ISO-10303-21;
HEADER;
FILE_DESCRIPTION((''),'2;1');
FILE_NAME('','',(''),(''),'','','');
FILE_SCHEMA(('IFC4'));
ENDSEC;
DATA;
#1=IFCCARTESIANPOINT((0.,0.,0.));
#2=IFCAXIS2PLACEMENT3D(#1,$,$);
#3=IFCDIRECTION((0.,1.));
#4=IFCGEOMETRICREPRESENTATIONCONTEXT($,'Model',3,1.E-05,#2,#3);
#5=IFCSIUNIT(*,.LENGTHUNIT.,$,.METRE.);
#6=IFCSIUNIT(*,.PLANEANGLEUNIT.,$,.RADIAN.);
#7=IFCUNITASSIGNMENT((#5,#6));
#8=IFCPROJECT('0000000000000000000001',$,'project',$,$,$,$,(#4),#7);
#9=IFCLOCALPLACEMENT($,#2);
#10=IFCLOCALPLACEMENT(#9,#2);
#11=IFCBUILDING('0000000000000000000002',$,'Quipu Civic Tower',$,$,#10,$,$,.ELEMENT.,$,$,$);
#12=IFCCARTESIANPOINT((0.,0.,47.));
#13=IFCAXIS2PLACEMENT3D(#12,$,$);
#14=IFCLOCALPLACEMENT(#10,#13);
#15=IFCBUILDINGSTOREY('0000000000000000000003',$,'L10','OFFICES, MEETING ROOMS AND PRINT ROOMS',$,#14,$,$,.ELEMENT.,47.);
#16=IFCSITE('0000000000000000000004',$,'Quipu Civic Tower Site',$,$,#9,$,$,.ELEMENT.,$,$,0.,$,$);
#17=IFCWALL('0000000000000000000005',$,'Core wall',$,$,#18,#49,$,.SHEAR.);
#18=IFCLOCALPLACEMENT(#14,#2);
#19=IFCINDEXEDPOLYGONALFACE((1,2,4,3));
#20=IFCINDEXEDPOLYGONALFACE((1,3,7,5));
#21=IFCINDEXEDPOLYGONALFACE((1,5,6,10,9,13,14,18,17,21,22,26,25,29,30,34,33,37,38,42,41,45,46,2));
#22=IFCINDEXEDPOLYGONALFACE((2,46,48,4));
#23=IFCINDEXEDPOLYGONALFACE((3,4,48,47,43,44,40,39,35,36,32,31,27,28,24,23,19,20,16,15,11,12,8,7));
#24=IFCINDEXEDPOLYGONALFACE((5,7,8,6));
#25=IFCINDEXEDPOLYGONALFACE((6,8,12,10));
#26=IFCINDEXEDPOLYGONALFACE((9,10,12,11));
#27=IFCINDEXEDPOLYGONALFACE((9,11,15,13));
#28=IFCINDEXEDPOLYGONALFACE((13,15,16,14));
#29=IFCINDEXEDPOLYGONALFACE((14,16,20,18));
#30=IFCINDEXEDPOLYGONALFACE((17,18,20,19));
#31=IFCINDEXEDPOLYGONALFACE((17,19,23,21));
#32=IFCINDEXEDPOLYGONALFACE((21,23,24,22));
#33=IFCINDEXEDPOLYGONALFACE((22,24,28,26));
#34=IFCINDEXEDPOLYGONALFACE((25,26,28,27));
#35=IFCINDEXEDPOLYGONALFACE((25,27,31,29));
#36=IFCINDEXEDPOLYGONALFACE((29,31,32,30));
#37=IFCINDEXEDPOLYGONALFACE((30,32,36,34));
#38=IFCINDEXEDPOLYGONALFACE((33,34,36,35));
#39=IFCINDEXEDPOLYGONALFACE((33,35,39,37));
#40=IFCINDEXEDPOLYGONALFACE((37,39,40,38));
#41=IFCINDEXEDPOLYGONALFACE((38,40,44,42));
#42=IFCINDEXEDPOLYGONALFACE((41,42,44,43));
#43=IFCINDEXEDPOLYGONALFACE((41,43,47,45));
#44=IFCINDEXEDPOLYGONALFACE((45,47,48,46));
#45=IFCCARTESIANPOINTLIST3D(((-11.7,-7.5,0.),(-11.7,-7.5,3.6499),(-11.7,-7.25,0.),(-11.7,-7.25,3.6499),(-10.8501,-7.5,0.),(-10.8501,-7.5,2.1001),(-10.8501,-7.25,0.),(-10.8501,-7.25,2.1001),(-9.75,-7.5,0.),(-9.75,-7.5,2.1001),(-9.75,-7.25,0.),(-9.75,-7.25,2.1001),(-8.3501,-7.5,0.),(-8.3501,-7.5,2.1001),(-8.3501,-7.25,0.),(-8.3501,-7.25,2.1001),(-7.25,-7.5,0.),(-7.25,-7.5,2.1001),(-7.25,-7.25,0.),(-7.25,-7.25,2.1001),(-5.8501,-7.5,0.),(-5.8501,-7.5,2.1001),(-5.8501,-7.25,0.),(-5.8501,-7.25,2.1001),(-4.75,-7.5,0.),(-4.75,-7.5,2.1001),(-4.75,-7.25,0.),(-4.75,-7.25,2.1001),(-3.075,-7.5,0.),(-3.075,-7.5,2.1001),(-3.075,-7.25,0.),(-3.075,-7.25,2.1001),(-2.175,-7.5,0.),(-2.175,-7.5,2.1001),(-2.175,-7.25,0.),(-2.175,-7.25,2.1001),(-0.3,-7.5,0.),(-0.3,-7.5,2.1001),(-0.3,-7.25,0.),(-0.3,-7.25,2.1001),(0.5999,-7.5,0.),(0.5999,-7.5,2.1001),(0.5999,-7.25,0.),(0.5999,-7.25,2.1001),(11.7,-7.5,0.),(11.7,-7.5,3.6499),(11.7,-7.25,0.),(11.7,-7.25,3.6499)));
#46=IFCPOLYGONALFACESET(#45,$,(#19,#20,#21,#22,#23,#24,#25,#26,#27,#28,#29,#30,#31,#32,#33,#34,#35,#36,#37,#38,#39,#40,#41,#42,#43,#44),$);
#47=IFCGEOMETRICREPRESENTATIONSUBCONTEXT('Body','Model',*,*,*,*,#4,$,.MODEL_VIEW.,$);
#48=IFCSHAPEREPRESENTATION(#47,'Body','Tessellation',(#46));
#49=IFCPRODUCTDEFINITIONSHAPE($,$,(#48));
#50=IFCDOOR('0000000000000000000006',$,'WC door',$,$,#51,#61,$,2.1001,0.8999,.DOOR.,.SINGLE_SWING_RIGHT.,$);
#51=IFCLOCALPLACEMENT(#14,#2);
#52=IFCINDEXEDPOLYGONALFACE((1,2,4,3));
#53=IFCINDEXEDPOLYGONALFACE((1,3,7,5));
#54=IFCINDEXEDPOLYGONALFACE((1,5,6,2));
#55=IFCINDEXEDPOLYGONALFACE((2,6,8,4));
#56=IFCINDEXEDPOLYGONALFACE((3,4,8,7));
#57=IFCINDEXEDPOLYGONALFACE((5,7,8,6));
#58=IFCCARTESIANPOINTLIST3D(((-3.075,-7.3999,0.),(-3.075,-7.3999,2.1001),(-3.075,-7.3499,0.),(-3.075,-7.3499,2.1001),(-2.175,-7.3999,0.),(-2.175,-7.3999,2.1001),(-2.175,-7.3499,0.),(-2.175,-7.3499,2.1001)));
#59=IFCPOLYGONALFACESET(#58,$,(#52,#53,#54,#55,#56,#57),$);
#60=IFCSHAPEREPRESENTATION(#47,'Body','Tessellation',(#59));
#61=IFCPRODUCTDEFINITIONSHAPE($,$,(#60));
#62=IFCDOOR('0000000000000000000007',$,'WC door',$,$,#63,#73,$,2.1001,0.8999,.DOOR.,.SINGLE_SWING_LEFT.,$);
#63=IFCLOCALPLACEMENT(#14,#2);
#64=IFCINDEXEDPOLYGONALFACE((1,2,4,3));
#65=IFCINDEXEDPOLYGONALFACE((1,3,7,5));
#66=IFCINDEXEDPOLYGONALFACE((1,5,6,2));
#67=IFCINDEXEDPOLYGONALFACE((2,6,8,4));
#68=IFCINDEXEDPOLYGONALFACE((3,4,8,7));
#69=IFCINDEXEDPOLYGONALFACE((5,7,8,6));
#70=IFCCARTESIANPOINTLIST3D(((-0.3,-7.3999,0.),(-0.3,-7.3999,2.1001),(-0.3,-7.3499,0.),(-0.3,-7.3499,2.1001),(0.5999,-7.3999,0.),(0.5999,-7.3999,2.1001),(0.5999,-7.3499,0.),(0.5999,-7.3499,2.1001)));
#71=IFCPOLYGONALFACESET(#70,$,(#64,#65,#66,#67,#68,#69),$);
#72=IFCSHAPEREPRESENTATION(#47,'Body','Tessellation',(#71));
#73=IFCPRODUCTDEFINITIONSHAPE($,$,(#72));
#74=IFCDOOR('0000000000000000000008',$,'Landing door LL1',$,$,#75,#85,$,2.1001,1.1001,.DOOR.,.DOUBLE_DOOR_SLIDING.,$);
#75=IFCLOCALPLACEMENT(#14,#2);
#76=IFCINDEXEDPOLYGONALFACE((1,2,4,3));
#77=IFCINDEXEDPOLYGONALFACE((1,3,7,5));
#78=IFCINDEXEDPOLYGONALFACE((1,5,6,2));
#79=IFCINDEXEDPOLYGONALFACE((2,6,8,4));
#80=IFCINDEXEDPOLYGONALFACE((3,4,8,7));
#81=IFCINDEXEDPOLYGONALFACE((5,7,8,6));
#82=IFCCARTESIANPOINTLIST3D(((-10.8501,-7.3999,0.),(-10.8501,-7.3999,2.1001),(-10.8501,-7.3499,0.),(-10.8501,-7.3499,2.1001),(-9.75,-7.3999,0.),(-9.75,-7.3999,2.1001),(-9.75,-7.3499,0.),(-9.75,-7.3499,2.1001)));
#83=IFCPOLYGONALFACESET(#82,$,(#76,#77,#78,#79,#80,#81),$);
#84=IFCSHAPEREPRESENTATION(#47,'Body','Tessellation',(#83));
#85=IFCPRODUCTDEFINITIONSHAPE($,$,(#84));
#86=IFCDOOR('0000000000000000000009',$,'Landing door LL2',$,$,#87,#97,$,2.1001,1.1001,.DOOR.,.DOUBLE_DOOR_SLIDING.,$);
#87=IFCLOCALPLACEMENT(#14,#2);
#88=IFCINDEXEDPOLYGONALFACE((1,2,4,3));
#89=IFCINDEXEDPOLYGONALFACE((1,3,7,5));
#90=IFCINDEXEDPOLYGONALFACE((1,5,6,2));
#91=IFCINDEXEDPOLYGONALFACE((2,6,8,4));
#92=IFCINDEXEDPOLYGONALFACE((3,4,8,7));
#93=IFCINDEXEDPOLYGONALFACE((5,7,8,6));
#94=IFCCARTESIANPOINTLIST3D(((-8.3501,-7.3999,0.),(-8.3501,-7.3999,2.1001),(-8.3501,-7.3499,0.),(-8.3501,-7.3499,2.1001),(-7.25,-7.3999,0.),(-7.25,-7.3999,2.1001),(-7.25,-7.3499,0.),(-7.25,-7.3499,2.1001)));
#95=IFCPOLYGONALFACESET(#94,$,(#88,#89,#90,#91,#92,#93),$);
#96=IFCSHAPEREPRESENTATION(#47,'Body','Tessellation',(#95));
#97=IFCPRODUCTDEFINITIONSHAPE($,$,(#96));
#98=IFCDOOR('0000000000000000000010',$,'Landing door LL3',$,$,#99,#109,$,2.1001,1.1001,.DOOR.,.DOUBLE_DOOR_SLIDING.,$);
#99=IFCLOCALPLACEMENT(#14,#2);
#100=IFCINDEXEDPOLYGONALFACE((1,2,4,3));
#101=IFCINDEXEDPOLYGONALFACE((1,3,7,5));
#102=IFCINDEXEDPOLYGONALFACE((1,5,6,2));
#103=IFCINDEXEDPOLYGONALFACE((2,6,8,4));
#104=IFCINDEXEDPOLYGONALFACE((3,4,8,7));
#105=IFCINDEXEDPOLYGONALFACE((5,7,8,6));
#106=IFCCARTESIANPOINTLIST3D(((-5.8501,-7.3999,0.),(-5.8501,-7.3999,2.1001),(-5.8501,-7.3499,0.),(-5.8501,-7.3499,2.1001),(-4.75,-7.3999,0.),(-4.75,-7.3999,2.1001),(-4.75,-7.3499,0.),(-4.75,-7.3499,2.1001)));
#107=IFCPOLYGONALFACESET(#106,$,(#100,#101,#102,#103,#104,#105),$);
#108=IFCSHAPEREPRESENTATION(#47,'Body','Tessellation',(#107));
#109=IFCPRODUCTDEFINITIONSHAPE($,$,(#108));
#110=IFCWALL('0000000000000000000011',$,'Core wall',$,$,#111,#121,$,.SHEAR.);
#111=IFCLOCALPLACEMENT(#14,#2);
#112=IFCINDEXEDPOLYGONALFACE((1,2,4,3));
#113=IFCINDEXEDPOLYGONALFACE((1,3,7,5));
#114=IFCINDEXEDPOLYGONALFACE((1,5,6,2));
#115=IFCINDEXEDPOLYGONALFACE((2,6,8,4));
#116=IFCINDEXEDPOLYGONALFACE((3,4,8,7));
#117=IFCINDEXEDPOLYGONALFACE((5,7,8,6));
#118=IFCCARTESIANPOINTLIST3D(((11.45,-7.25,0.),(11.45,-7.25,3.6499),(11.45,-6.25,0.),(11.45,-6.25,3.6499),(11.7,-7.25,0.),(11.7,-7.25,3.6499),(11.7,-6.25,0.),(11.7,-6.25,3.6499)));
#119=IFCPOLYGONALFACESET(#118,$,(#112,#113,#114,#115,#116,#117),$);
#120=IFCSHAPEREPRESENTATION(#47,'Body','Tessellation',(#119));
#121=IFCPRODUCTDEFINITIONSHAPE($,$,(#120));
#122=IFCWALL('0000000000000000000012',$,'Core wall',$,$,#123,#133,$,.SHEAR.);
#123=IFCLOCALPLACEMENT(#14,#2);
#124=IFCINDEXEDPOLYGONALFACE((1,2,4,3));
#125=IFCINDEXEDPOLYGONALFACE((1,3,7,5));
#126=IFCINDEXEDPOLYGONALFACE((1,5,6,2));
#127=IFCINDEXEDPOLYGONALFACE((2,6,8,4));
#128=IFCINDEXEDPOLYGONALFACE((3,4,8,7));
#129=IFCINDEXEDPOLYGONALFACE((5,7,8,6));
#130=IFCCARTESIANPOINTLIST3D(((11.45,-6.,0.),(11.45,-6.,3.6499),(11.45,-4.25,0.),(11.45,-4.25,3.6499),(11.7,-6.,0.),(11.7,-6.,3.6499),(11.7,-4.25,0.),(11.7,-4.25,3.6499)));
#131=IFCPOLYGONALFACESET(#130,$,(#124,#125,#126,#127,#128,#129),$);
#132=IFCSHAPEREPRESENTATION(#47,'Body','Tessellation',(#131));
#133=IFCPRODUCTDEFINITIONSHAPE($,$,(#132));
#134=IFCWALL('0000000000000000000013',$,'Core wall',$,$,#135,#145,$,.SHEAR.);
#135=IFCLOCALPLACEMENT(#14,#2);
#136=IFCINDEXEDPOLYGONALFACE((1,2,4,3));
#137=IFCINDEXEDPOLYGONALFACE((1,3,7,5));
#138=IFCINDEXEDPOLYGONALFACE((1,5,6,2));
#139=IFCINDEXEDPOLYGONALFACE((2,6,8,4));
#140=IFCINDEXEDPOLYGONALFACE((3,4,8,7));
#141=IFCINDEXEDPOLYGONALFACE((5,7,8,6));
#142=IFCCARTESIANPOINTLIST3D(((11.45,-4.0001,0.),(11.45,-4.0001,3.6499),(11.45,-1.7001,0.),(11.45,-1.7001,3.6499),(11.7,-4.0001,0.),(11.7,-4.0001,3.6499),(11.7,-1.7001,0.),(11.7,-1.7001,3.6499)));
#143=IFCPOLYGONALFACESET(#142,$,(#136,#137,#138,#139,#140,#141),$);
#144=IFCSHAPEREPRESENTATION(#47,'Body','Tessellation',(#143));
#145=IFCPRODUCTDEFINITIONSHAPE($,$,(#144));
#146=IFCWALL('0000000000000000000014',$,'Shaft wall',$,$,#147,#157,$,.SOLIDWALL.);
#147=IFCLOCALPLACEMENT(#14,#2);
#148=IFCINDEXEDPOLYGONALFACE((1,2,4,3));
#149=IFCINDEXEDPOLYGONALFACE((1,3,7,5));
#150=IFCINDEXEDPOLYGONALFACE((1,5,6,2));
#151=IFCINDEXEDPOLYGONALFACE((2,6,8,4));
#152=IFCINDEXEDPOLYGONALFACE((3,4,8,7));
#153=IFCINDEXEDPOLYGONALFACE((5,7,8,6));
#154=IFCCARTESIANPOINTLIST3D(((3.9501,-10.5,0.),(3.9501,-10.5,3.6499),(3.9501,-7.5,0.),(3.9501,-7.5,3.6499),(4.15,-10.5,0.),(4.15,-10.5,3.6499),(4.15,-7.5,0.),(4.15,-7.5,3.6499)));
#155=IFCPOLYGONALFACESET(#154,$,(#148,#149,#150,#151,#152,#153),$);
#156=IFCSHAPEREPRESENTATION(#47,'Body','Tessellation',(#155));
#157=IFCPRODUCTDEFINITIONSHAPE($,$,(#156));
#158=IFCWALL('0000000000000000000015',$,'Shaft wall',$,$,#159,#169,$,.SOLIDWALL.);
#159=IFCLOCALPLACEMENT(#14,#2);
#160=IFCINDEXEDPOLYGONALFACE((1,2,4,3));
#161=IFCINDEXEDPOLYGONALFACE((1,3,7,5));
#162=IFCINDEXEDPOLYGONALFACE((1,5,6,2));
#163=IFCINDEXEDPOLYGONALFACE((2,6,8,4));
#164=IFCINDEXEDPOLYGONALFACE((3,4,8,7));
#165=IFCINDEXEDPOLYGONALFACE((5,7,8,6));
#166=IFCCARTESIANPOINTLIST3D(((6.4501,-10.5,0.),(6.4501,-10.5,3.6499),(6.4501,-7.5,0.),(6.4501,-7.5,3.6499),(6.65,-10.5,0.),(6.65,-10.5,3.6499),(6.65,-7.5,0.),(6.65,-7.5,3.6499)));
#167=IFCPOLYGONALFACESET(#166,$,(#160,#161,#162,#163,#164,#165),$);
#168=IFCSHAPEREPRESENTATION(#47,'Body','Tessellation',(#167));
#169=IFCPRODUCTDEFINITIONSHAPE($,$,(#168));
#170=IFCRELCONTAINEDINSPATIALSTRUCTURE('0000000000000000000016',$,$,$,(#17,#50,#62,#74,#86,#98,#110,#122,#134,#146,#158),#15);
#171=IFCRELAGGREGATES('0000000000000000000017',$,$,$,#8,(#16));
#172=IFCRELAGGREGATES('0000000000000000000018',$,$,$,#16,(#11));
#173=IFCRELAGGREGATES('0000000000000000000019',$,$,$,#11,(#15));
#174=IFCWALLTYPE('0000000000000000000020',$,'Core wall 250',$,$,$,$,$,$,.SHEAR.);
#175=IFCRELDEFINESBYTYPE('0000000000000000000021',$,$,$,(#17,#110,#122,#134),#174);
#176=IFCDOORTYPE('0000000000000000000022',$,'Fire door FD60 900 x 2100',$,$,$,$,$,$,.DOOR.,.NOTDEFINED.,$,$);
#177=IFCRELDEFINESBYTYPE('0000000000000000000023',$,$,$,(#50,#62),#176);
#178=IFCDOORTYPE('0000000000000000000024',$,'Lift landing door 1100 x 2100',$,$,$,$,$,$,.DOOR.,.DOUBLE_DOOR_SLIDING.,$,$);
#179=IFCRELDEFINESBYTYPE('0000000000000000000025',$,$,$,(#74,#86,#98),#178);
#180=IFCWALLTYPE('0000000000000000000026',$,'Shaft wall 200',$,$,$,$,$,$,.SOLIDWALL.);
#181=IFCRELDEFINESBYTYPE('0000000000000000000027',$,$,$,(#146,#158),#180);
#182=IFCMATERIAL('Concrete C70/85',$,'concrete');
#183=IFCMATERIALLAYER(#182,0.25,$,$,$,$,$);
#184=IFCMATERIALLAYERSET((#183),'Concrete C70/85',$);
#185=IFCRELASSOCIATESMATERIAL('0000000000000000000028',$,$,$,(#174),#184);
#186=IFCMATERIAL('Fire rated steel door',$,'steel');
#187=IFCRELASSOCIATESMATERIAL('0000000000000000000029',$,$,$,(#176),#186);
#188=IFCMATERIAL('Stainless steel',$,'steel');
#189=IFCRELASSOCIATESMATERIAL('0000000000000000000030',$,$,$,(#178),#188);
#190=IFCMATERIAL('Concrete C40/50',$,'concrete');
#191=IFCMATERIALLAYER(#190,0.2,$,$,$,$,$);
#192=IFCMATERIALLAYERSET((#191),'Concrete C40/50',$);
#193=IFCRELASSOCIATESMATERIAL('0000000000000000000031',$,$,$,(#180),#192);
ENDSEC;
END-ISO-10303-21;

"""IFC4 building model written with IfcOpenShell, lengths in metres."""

from ifc_helpers import new_model, si_unit, direction, frame, frame_2d, origin, place, context, subcontext, project, spatial, rectangle, extrude, material, layer, layer_set, type_object, element, fill, save


model = new_model("IFC4")

# Units and contexts
model_context = context("Model", 3, precision=1e-05, world=origin(), true_north=direction((0.0, 1.0)))
body_context = subcontext(model_context, "Body", "Model", "MODEL_VIEW")
ifc_project = project(units=[si_unit("LENGTHUNIT", "METRE"), si_unit("PLANEANGLEUNIT", "RADIAN")], contexts=[model_context])

# Site, building, storey
site_placement = place(None, origin())
site = spatial("IfcSite", under=ifc_project, at=site_placement, Name="Quipu Civic Tower Site", CompositionType="ELEMENT", RefElevation=0.0)
building_placement = place(site_placement, origin())
building = spatial("IfcBuilding", under=site, at=building_placement, Name="Quipu Civic Tower", CompositionType="ELEMENT")
storey_placement = place(building_placement, frame((0.0, 0.0, 47.0)))
storey = spatial("IfcBuildingStorey", under=building, at=storey_placement, Name="L10", Description="OFFICES, MEETING ROOMS AND PRINT ROOMS", CompositionType="ELEMENT", Elevation=47.0)

# Shared definitions
ifc_material_1 = material(Name="Concrete C70/85", Category="concrete")
ifc_layer_1 = layer(ifc_material_1, 0.25)
ifc_layer_set_1 = layer_set([ifc_layer_1], Name="Concrete C70/85")
wall_type_1 = type_object("IfcWallType", Name="Core wall 250", PredefinedType="SHEAR", material=ifc_layer_set_1)

# Wall, openings, doors
wall_1_placement = place(storey_placement, frame((11.7, -7.375, 0.0), z_axis=(0.0, 0.0, 1.0), x_axis=(-1.0, 0.0, 0.0)))
wall_1 = element("IfcWall", 1, at=wall_1_placement, inside=storey, type_object=wall_type_1, Name="Core wall", PredefinedType="SHEAR", context=body_context, shape_type="SweptSolid", body=[
    extrude(rectangle(XDim=23.3999, YDim=0.25, at=frame_2d((11.7, 0.0))), origin(), (0.0, 0.0, 1.0), 3.6499),
])
opening_1_placement = place(wall_1_placement, frame((21.45, 0.0, 0.0)))
opening_1 = element("IfcOpeningElement", 2, at=opening_1_placement, cuts=wall_1, PredefinedType="OPENING", context=body_context, shape_type="SweptSolid", body=[
    extrude(rectangle(XDim=1.1001, YDim=2.1001, at=frame_2d((0.55, 1.05))), frame((0.0, 0.135, 0.0), z_axis=(0.0, -1.0, 0.0), x_axis=(1.0, 0.0, 0.0)), (0.0, 0.0, 1.0), 0.27),
])
opening_2_placement = place(wall_1_placement, frame((18.95, 0.0, 0.0)))
opening_2 = element("IfcOpeningElement", 3, at=opening_2_placement, cuts=wall_1, PredefinedType="OPENING", context=body_context, shape_type="SweptSolid", body=[
    extrude(rectangle(XDim=1.1001, YDim=2.1001, at=frame_2d((0.55, 1.05))), frame((0.0, 0.135, 0.0), z_axis=(0.0, -1.0, 0.0), x_axis=(1.0, 0.0, 0.0)), (0.0, 0.0, 1.0), 0.27),
])
opening_3_placement = place(wall_1_placement, frame((16.45, 0.0, 0.0)))
opening_3 = element("IfcOpeningElement", 4, at=opening_3_placement, cuts=wall_1, PredefinedType="OPENING", context=body_context, shape_type="SweptSolid", body=[
    extrude(rectangle(XDim=1.1001, YDim=2.1001, at=frame_2d((0.55, 1.05))), frame((0.0, 0.135, 0.0), z_axis=(0.0, -1.0, 0.0), x_axis=(1.0, 0.0, 0.0)), (0.0, 0.0, 1.0), 0.27),
])
opening_4_placement = place(wall_1_placement, frame((13.875, 0.0, 0.0)))
opening_4 = element("IfcOpeningElement", 5, at=opening_4_placement, cuts=wall_1, PredefinedType="OPENING", context=body_context, shape_type="SweptSolid", body=[
    extrude(rectangle(XDim=0.8999, YDim=2.1001, at=frame_2d((0.45, 1.05))), frame((0.0, 0.135, 0.0), z_axis=(0.0, -1.0, 0.0), x_axis=(1.0, 0.0, 0.0)), (0.0, 0.0, 1.0), 0.27),
])
opening_5_placement = place(wall_1_placement, frame((11.1001, 0.0, 0.0)))
opening_5 = element("IfcOpeningElement", 6, at=opening_5_placement, cuts=wall_1, PredefinedType="OPENING", context=body_context, shape_type="SweptSolid", body=[
    extrude(rectangle(XDim=0.8999, YDim=2.1001, at=frame_2d((0.45, 1.05))), frame((0.0, 0.135, 0.0), z_axis=(0.0, -1.0, 0.0), x_axis=(1.0, 0.0, 0.0)), (0.0, 0.0, 1.0), 0.27),
])
ifc_material_2 = material(Name="Fire rated steel door", Category="steel")
door_type_1 = type_object("IfcDoorType", Name="Fire door FD60 900 x 2100", OperationType="NOTDEFINED", PredefinedType="DOOR", material=ifc_material_2)
door_1_placement = place(opening_4_placement, origin())
door_1 = element("IfcDoor", 7, at=door_1_placement, inside=storey, type_object=door_type_1, Name="WC door", OperationType="SINGLE_SWING_RIGHT", OverallHeight=2.1001, OverallWidth=0.8999, PredefinedType="DOOR", context=body_context, shape_type="SweptSolid", body=[
    extrude(rectangle(XDim=0.8999, YDim=2.1001, at=frame_2d((0.45, 1.05))), frame((0.0, 0.0249, 0.0), z_axis=(0.0, -1.0, 0.0), x_axis=(1.0, 0.0, 0.0)), (0.0, 0.0, 1.0), 0.05),
])
fill(opening_4, door_1)
door_2_placement = place(opening_5_placement, origin())
door_2 = element("IfcDoor", 8, at=door_2_placement, inside=storey, type_object=door_type_1, Name="WC door", OperationType="SINGLE_SWING_LEFT", OverallHeight=2.1001, OverallWidth=0.8999, PredefinedType="DOOR", context=body_context, shape_type="SweptSolid", body=[
    extrude(rectangle(XDim=0.8999, YDim=2.1001, at=frame_2d((0.45, 1.05))), frame((0.0, 0.0249, 0.0), z_axis=(0.0, -1.0, 0.0), x_axis=(1.0, 0.0, 0.0)), (0.0, 0.0, 1.0), 0.05),
])
fill(opening_5, door_2)
ifc_material_3 = material(Name="Stainless steel", Category="steel")
door_type_2 = type_object("IfcDoorType", Name="Lift landing door 1100 x 2100", OperationType="DOUBLE_DOOR_SLIDING", PredefinedType="DOOR", material=ifc_material_3)
door_3_placement = place(opening_1_placement, origin())
door_3 = element("IfcDoor", 9, at=door_3_placement, inside=storey, type_object=door_type_2, Name="Landing door LL1", OperationType="DOUBLE_DOOR_SLIDING", OverallHeight=2.1001, OverallWidth=1.1001, PredefinedType="DOOR", context=body_context, shape_type="SweptSolid", body=[
    extrude(rectangle(XDim=1.1001, YDim=2.1001, at=frame_2d((0.55, 1.05))), frame((0.0, 0.0249, 0.0), z_axis=(0.0, -1.0, 0.0), x_axis=(1.0, 0.0, 0.0)), (0.0, 0.0, 1.0), 0.05),
])
fill(opening_1, door_3)
door_4_placement = place(opening_2_placement, origin())
door_4 = element("IfcDoor", 10, at=door_4_placement, inside=storey, type_object=door_type_2, Name="Landing door LL2", OperationType="DOUBLE_DOOR_SLIDING", OverallHeight=2.1001, OverallWidth=1.1001, PredefinedType="DOOR", context=body_context, shape_type="SweptSolid", body=[
    extrude(rectangle(XDim=1.1001, YDim=2.1001, at=frame_2d((0.55, 1.05))), frame((0.0, 0.0249, 0.0), z_axis=(0.0, -1.0, 0.0), x_axis=(1.0, 0.0, 0.0)), (0.0, 0.0, 1.0), 0.05),
])
fill(opening_2, door_4)
door_5_placement = place(opening_3_placement, origin())
door_5 = element("IfcDoor", 11, at=door_5_placement, inside=storey, type_object=door_type_2, Name="Landing door LL3", OperationType="DOUBLE_DOOR_SLIDING", OverallHeight=2.1001, OverallWidth=1.1001, PredefinedType="DOOR", context=body_context, shape_type="SweptSolid", body=[
    extrude(rectangle(XDim=1.1001, YDim=2.1001, at=frame_2d((0.55, 1.05))), frame((0.0, 0.0249, 0.0), z_axis=(0.0, -1.0, 0.0), x_axis=(1.0, 0.0, 0.0)), (0.0, 0.0, 1.0), 0.05),
])
fill(opening_3, door_5)

# Walls
wall_2_placement = place(storey_placement, frame((11.575, -7.25, 0.0), z_axis=(0.0, 0.0, 1.0), x_axis=(0.0, 1.0, 0.0)))
element("IfcWall", 12, at=wall_2_placement, inside=storey, type_object=wall_type_1, Name="Core wall", PredefinedType="SHEAR", context=body_context, shape_type="SweptSolid", body=[
    extrude(rectangle(XDim=1.0, YDim=0.25, at=frame_2d((0.5, 0.0))), origin(), (0.0, 0.0, 1.0), 3.6499),
])
wall_3_placement = place(storey_placement, frame((11.575, -6.0, 0.0), z_axis=(0.0, 0.0, 1.0), x_axis=(0.0, 1.0, 0.0)))
element("IfcWall", 13, at=wall_3_placement, inside=storey, type_object=wall_type_1, Name="Core wall", PredefinedType="SHEAR", context=body_context, shape_type="SweptSolid", body=[
    extrude(rectangle(XDim=1.75, YDim=0.25, at=frame_2d((0.875, 0.0))), origin(), (0.0, 0.0, 1.0), 3.6499),
])
wall_4_placement = place(storey_placement, frame((11.575, -4.0, 0.0), z_axis=(0.0, 0.0, 1.0), x_axis=(0.0, 1.0, 0.0)))
element("IfcWall", 14, at=wall_4_placement, inside=storey, type_object=wall_type_1, Name="Core wall", PredefinedType="SHEAR", context=body_context, shape_type="SweptSolid", body=[
    extrude(rectangle(XDim=2.3, YDim=0.25, at=frame_2d((1.1499, 0.0))), origin(), (0.0, 0.0, 1.0), 3.6499),
])
ifc_material_4 = material(Name="Concrete C40/50", Category="concrete")
ifc_layer_2 = layer(ifc_material_4, 0.2)
ifc_layer_set_2 = layer_set([ifc_layer_2], Name="Concrete C40/50")
wall_type_2 = type_object("IfcWallType", Name="Shaft wall 200", PredefinedType="SOLIDWALL", material=ifc_layer_set_2)
for number, where, z_axis, x_axis, name in (
    (15, (4.05, -10.5, 0.0), (0.0, 0.0, 1.0), (0.0, 1.0, 0.0), "Shaft wall"),
    (16, (6.55, -10.5, 0.0), (0.0, 0.0, 1.0), (0.0, 1.0, 0.0), "Shaft wall"),
):
    element("IfcWall", number, at=place(storey_placement, frame(where, z_axis=z_axis, x_axis=x_axis)), inside=storey, type_object=wall_type_2, Name=name, PredefinedType="SOLIDWALL", context=body_context, shape_type="SweptSolid", body=[
        extrude(rectangle(XDim=3.0, YDim=0.2, at=frame_2d((1.5, 0.0))), origin(), (0.0, 0.0, 1.0), 3.6499),
    ])

save(model, "model.ifc")
